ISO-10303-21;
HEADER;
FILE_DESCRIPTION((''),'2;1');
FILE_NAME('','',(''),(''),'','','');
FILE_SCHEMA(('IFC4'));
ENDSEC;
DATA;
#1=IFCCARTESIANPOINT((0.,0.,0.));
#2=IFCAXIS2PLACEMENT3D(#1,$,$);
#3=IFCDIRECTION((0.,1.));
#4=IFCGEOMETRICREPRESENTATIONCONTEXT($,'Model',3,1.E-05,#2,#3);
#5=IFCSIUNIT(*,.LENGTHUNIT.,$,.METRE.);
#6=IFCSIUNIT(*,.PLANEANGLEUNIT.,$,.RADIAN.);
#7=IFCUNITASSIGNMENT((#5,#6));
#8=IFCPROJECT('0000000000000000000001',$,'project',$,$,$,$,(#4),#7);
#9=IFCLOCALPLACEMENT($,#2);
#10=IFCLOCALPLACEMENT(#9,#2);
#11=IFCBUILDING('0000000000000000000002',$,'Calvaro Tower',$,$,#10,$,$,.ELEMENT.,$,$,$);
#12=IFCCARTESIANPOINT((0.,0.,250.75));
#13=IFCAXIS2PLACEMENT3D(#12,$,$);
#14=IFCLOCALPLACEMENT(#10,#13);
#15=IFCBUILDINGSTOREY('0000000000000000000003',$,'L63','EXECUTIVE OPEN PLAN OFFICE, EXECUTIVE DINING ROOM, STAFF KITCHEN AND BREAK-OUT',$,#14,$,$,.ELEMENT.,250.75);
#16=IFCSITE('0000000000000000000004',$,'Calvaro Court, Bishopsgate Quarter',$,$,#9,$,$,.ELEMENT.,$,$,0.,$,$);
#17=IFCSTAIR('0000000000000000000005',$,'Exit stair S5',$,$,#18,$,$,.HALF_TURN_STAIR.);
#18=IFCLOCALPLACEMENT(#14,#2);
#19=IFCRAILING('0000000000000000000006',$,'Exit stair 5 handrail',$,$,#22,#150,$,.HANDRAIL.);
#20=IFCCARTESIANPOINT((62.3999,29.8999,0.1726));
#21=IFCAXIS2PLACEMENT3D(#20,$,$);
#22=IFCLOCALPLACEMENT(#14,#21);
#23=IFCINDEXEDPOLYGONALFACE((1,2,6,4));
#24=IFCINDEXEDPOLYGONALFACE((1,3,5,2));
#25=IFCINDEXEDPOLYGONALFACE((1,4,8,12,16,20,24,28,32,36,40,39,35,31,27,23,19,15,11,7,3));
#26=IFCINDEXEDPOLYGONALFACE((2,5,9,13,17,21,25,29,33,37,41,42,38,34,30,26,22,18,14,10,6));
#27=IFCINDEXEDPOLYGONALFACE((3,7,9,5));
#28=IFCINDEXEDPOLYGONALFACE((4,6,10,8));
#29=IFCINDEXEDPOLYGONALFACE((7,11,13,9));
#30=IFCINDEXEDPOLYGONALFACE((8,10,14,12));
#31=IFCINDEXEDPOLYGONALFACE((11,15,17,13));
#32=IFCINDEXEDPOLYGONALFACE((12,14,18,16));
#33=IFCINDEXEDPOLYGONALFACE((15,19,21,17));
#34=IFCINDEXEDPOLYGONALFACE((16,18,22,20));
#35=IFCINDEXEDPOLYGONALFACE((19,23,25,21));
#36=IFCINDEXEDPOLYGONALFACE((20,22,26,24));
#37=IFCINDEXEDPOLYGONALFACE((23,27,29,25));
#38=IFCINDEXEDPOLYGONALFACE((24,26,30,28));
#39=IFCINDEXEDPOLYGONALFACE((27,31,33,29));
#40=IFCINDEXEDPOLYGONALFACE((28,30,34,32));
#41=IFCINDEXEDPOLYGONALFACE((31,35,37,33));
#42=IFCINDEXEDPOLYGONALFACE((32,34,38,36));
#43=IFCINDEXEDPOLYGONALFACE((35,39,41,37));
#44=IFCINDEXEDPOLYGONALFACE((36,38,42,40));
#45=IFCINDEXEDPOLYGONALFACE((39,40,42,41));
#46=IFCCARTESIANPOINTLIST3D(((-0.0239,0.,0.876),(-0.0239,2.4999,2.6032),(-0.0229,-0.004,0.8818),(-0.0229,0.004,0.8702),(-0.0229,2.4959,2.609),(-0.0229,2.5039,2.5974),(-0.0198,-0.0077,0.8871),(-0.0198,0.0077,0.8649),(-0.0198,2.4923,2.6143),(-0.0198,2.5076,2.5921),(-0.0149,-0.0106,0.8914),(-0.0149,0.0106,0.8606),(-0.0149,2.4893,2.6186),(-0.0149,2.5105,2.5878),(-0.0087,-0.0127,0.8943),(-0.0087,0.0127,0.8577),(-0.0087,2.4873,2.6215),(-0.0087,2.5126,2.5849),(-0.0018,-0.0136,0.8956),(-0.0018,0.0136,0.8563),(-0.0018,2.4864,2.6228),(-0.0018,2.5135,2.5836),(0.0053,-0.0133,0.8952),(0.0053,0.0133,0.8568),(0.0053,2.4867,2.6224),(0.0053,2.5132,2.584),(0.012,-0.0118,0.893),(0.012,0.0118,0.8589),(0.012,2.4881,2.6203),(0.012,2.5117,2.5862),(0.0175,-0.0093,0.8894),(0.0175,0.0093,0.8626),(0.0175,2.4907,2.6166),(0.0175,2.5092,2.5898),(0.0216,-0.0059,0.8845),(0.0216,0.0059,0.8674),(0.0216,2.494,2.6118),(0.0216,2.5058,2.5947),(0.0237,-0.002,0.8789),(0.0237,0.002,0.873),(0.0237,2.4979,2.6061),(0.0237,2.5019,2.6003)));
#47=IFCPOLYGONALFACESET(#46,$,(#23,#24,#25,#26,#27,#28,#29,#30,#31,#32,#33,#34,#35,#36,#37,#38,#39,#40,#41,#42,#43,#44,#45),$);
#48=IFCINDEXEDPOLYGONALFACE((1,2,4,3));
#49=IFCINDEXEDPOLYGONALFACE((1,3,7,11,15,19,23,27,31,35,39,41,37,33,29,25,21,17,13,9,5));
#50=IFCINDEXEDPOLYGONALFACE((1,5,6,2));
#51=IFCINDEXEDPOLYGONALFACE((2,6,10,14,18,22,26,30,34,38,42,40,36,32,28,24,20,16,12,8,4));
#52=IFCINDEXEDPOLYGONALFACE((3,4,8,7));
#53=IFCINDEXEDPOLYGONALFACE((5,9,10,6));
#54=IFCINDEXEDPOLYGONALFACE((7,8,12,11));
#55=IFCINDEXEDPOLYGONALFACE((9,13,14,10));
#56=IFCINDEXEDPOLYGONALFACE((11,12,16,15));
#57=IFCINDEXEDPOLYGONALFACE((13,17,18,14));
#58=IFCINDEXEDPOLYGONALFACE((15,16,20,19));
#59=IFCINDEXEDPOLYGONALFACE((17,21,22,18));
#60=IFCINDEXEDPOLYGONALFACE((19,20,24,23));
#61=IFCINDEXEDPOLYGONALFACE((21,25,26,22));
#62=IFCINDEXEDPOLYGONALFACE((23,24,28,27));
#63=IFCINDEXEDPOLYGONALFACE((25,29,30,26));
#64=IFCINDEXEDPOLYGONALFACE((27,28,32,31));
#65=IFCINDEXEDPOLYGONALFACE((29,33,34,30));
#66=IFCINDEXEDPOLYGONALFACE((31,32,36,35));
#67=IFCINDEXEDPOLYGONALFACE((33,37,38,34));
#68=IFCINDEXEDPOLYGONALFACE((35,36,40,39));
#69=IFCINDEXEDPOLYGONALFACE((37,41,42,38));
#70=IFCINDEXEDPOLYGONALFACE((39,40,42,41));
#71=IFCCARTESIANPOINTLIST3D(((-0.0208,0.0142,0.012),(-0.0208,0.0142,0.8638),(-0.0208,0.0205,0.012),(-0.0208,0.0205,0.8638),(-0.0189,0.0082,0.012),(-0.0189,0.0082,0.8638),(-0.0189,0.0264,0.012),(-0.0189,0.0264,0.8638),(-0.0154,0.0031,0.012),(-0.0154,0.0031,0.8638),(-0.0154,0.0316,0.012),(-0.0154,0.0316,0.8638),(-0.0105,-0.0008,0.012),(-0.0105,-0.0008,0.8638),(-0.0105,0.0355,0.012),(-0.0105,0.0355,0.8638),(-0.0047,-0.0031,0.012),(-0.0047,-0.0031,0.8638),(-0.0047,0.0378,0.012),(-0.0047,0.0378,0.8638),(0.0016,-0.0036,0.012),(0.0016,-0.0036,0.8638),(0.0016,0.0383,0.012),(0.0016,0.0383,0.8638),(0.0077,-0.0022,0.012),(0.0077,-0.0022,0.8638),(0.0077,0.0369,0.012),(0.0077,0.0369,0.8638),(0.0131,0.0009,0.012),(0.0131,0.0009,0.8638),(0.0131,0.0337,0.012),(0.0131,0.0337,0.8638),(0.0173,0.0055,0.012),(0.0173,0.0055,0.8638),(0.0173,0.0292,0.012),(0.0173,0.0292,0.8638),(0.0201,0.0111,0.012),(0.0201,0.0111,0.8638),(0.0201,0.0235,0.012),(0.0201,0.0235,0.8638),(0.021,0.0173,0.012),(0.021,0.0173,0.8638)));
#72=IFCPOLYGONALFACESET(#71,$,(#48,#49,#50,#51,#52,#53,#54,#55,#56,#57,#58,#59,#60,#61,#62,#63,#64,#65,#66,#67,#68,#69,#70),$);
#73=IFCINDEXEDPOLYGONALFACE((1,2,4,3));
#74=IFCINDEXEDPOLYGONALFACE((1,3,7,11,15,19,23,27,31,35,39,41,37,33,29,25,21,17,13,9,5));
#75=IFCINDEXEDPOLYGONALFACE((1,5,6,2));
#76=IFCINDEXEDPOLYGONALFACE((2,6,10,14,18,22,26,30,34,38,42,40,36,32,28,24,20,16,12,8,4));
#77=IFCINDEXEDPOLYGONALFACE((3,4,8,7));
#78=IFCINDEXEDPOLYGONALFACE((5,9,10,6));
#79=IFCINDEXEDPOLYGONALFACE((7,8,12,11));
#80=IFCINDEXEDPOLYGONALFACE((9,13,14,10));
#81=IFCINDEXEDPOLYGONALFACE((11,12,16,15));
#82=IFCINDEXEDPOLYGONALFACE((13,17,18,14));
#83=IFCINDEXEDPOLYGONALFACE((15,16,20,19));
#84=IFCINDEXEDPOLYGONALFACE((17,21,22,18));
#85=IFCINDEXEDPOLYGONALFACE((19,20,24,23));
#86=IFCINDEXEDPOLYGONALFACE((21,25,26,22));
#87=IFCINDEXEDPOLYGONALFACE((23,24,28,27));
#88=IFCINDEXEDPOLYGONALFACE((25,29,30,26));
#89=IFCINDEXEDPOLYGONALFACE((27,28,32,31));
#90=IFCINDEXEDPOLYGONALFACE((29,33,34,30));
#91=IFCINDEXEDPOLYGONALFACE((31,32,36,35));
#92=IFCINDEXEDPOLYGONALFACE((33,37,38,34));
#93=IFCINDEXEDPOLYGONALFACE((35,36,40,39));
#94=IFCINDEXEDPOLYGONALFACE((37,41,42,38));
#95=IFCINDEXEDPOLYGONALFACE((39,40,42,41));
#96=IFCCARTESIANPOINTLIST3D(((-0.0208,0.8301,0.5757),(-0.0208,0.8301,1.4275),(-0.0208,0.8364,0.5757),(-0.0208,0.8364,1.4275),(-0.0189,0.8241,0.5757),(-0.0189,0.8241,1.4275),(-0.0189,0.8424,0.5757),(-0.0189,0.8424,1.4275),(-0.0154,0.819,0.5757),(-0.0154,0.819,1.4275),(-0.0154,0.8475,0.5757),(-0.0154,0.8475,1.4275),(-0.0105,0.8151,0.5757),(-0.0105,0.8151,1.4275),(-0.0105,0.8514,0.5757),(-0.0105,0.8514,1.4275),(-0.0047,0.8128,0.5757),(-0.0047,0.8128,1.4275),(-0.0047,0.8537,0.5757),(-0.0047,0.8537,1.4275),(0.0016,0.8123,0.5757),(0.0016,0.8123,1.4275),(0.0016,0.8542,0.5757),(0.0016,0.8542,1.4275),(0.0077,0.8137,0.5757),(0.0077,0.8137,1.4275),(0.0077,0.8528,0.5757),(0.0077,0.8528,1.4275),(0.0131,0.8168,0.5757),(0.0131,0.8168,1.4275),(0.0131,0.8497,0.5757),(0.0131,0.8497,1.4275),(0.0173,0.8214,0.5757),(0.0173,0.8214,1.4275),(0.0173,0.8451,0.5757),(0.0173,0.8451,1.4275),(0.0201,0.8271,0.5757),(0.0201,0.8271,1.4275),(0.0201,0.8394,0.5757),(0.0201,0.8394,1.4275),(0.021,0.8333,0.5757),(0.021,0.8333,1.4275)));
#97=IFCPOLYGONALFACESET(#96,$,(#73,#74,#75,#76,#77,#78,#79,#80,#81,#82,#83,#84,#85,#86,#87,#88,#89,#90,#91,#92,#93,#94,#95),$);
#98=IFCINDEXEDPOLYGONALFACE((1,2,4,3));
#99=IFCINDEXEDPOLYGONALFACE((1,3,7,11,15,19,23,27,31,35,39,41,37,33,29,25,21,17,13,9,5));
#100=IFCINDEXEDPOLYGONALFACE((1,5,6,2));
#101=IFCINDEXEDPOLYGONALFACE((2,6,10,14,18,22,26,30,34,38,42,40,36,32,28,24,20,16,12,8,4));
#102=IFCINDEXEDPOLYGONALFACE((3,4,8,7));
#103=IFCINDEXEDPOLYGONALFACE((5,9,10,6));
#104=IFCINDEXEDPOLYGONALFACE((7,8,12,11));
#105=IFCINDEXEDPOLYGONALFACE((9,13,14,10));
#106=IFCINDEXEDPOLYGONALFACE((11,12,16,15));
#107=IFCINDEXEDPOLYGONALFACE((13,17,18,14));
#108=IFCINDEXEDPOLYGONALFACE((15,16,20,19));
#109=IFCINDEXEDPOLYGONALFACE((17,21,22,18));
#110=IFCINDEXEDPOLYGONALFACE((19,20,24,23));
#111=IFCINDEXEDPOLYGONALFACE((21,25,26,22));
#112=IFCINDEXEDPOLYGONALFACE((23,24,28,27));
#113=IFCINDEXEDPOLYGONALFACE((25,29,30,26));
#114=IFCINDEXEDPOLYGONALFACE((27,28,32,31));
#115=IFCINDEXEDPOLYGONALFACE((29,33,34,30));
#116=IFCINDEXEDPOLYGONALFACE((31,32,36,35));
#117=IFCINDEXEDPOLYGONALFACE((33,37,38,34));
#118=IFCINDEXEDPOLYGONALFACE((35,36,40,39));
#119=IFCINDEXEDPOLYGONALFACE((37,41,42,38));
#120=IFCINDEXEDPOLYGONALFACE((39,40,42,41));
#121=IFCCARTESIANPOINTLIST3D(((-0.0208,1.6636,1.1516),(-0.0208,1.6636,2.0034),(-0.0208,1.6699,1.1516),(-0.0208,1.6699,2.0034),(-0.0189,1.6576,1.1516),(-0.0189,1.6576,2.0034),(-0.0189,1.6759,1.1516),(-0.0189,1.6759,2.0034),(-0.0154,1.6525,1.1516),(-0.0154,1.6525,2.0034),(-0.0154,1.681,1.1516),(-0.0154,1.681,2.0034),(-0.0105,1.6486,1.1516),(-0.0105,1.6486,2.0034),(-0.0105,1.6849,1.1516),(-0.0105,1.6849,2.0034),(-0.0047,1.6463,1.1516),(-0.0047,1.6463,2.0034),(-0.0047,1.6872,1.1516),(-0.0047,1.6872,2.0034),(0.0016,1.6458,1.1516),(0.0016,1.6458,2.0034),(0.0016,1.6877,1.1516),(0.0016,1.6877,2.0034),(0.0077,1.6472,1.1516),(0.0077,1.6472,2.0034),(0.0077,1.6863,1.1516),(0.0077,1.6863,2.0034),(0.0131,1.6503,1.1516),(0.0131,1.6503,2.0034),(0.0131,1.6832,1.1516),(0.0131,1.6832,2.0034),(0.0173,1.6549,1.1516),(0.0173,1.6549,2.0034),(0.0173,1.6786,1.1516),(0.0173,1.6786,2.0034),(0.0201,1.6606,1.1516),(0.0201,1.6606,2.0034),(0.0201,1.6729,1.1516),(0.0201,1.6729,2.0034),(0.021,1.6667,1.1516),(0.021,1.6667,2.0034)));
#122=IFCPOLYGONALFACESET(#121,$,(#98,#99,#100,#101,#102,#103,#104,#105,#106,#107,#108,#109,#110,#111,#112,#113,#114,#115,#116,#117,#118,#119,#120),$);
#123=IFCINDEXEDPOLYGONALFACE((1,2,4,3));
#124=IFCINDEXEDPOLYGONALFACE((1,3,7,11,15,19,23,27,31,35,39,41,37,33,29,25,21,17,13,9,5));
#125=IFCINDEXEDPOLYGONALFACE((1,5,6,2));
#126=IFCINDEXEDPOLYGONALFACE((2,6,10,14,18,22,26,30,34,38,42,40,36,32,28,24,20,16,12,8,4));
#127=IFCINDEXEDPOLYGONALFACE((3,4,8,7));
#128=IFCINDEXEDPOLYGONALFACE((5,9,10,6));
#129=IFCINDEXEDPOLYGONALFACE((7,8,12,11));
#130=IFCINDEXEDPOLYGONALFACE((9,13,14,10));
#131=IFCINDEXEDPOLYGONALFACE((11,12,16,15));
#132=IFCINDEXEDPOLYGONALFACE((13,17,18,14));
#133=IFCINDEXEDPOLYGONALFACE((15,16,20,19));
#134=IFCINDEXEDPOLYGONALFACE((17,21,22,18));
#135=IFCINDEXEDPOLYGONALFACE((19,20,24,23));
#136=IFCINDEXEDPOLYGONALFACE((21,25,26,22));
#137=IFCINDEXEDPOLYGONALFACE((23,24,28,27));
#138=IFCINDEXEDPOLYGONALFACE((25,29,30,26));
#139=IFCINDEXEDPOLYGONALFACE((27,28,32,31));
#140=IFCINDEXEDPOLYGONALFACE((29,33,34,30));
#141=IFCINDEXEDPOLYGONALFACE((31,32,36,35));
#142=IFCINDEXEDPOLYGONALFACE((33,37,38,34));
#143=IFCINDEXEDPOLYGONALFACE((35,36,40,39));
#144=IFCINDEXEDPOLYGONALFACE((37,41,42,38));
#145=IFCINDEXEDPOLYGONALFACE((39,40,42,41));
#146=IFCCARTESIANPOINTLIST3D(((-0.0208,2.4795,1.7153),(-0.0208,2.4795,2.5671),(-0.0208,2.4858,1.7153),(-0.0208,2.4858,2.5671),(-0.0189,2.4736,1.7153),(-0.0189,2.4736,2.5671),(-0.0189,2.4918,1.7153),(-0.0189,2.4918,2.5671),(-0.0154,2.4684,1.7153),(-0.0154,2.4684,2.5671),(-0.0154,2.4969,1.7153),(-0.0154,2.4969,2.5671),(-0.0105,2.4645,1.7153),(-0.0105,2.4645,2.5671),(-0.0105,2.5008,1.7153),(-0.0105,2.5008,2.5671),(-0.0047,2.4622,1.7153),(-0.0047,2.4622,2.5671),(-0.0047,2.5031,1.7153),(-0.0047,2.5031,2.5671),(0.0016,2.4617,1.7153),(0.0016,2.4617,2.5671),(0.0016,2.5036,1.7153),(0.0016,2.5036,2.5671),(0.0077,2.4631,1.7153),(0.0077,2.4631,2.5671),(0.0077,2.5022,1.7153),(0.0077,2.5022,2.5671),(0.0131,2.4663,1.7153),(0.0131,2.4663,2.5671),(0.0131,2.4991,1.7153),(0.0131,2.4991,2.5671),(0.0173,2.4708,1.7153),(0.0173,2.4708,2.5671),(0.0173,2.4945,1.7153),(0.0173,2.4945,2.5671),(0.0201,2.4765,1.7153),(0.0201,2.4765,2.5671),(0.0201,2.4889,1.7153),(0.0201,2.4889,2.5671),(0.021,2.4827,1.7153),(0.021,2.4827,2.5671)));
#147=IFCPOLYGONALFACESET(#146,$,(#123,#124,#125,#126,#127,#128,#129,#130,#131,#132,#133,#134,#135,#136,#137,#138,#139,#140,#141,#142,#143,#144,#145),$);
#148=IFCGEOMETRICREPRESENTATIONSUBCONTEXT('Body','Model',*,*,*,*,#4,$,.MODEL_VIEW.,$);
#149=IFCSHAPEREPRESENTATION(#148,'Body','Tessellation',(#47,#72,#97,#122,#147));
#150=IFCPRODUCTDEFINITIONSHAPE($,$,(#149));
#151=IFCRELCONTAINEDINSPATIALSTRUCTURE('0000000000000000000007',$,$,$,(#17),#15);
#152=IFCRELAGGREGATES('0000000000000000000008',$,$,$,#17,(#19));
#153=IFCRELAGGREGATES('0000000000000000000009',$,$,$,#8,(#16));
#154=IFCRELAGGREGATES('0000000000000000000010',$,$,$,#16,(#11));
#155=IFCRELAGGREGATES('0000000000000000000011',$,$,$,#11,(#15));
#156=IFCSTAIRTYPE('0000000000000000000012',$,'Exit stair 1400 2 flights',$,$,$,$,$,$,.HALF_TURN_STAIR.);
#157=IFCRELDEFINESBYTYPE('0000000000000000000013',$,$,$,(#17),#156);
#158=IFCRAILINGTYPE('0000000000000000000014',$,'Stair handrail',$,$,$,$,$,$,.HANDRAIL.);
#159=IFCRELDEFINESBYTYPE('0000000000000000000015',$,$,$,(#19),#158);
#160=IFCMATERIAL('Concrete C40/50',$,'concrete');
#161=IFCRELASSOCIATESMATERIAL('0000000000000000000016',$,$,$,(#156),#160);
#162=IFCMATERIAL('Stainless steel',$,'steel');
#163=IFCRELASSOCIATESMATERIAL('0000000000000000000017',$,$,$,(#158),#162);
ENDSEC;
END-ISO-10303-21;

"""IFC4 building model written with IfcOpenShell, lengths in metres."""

from ifc_helpers import new_model, si_unit, direction, frame, origin, origin_2d, place, context, subcontext, project, spatial, circle, extrude, material, type_object, element, aggregate, save


model = new_model("IFC4")

# Units and contexts
model_context = context("Model", 3, precision=1e-05, world=origin(), true_north=direction((0.0, 1.0)))
body_context = subcontext(model_context, "Body", "Model", "MODEL_VIEW")
ifc_project = project(units=[si_unit("LENGTHUNIT", "METRE"), si_unit("PLANEANGLEUNIT", "RADIAN")], contexts=[model_context])

# Site, building, storey
site_placement = place(None, origin())
site = spatial("IfcSite", under=ifc_project, at=site_placement, Name="Calvaro Court, Bishopsgate Quarter", CompositionType="ELEMENT", RefElevation=0.0)
building_placement = place(site_placement, origin())
building = spatial("IfcBuilding", under=site, at=building_placement, Name="Calvaro Tower", CompositionType="ELEMENT")
storey_placement = place(building_placement, frame((0.0, 0.0, 250.75)))
storey = spatial("IfcBuildingStorey", under=building, at=storey_placement, Name="L63", Description="EXECUTIVE OPEN PLAN OFFICE, EXECUTIVE DINING ROOM, STAFF KITCHEN AND BREAK-OUT", CompositionType="ELEMENT", Elevation=250.75)

# Shared definitions
ifc_material_1 = material(Name="Concrete C40/50", Category="concrete")
stair_type = type_object("IfcStairType", Name="Exit stair 1400 2 flights", PredefinedType="HALF_TURN_STAIR", material=ifc_material_1)

# Stair
stair_1_placement = place(storey_placement, origin())
stair_1 = element("IfcStair", 1, at=stair_1_placement, inside=storey, type_object=stair_type, Name="Exit stair S5", PredefinedType="HALF_TURN_STAIR")

# Railing
ifc_material_2 = material(Name="Stainless steel", Category="steel")
railing_type = type_object("IfcRailingType", Name="Stair handrail", PredefinedType="HANDRAIL", material=ifc_material_2)
railing_1_placement = place(storey_placement, frame((62.3999, 29.8999, 0.1726)))
railing_1 = element("IfcRailing", 2, at=railing_1_placement, type_object=railing_type, Name="Exit stair 5 handrail", PredefinedType="HANDRAIL", context=body_context, shape_type="SweptSolid", body=[
    extrude(circle(Radius=0.0239, at=origin_2d()), frame((0.0, 0.0, 0.876), z_axis=(0.0, 0.822727, 0.568437), x_axis=(-1.0, 0.0, 0.0)), (0.0, 0.0, 1.0), 3.0386),
    extrude(circle(Radius=0.021, at=origin_2d()), frame((0.0, 0.0173, 0.012)), (0.0, 0.0, 1.0), 0.8518),
    extrude(circle(Radius=0.021, at=origin_2d()), frame((0.0, 0.8333, 0.5757)), (0.0, 0.0, 1.0), 0.8518),
    extrude(circle(Radius=0.021, at=origin_2d()), frame((0.0, 1.6667, 1.1516)), (0.0, 0.0, 1.0), 0.8518),
    extrude(circle(Radius=0.021, at=origin_2d()), frame((0.0, 2.4827, 1.7153)), (0.0, 0.0, 1.0), 0.8518),
])
aggregate(stair_1, [railing_1])

save(model, "model.ifc")
